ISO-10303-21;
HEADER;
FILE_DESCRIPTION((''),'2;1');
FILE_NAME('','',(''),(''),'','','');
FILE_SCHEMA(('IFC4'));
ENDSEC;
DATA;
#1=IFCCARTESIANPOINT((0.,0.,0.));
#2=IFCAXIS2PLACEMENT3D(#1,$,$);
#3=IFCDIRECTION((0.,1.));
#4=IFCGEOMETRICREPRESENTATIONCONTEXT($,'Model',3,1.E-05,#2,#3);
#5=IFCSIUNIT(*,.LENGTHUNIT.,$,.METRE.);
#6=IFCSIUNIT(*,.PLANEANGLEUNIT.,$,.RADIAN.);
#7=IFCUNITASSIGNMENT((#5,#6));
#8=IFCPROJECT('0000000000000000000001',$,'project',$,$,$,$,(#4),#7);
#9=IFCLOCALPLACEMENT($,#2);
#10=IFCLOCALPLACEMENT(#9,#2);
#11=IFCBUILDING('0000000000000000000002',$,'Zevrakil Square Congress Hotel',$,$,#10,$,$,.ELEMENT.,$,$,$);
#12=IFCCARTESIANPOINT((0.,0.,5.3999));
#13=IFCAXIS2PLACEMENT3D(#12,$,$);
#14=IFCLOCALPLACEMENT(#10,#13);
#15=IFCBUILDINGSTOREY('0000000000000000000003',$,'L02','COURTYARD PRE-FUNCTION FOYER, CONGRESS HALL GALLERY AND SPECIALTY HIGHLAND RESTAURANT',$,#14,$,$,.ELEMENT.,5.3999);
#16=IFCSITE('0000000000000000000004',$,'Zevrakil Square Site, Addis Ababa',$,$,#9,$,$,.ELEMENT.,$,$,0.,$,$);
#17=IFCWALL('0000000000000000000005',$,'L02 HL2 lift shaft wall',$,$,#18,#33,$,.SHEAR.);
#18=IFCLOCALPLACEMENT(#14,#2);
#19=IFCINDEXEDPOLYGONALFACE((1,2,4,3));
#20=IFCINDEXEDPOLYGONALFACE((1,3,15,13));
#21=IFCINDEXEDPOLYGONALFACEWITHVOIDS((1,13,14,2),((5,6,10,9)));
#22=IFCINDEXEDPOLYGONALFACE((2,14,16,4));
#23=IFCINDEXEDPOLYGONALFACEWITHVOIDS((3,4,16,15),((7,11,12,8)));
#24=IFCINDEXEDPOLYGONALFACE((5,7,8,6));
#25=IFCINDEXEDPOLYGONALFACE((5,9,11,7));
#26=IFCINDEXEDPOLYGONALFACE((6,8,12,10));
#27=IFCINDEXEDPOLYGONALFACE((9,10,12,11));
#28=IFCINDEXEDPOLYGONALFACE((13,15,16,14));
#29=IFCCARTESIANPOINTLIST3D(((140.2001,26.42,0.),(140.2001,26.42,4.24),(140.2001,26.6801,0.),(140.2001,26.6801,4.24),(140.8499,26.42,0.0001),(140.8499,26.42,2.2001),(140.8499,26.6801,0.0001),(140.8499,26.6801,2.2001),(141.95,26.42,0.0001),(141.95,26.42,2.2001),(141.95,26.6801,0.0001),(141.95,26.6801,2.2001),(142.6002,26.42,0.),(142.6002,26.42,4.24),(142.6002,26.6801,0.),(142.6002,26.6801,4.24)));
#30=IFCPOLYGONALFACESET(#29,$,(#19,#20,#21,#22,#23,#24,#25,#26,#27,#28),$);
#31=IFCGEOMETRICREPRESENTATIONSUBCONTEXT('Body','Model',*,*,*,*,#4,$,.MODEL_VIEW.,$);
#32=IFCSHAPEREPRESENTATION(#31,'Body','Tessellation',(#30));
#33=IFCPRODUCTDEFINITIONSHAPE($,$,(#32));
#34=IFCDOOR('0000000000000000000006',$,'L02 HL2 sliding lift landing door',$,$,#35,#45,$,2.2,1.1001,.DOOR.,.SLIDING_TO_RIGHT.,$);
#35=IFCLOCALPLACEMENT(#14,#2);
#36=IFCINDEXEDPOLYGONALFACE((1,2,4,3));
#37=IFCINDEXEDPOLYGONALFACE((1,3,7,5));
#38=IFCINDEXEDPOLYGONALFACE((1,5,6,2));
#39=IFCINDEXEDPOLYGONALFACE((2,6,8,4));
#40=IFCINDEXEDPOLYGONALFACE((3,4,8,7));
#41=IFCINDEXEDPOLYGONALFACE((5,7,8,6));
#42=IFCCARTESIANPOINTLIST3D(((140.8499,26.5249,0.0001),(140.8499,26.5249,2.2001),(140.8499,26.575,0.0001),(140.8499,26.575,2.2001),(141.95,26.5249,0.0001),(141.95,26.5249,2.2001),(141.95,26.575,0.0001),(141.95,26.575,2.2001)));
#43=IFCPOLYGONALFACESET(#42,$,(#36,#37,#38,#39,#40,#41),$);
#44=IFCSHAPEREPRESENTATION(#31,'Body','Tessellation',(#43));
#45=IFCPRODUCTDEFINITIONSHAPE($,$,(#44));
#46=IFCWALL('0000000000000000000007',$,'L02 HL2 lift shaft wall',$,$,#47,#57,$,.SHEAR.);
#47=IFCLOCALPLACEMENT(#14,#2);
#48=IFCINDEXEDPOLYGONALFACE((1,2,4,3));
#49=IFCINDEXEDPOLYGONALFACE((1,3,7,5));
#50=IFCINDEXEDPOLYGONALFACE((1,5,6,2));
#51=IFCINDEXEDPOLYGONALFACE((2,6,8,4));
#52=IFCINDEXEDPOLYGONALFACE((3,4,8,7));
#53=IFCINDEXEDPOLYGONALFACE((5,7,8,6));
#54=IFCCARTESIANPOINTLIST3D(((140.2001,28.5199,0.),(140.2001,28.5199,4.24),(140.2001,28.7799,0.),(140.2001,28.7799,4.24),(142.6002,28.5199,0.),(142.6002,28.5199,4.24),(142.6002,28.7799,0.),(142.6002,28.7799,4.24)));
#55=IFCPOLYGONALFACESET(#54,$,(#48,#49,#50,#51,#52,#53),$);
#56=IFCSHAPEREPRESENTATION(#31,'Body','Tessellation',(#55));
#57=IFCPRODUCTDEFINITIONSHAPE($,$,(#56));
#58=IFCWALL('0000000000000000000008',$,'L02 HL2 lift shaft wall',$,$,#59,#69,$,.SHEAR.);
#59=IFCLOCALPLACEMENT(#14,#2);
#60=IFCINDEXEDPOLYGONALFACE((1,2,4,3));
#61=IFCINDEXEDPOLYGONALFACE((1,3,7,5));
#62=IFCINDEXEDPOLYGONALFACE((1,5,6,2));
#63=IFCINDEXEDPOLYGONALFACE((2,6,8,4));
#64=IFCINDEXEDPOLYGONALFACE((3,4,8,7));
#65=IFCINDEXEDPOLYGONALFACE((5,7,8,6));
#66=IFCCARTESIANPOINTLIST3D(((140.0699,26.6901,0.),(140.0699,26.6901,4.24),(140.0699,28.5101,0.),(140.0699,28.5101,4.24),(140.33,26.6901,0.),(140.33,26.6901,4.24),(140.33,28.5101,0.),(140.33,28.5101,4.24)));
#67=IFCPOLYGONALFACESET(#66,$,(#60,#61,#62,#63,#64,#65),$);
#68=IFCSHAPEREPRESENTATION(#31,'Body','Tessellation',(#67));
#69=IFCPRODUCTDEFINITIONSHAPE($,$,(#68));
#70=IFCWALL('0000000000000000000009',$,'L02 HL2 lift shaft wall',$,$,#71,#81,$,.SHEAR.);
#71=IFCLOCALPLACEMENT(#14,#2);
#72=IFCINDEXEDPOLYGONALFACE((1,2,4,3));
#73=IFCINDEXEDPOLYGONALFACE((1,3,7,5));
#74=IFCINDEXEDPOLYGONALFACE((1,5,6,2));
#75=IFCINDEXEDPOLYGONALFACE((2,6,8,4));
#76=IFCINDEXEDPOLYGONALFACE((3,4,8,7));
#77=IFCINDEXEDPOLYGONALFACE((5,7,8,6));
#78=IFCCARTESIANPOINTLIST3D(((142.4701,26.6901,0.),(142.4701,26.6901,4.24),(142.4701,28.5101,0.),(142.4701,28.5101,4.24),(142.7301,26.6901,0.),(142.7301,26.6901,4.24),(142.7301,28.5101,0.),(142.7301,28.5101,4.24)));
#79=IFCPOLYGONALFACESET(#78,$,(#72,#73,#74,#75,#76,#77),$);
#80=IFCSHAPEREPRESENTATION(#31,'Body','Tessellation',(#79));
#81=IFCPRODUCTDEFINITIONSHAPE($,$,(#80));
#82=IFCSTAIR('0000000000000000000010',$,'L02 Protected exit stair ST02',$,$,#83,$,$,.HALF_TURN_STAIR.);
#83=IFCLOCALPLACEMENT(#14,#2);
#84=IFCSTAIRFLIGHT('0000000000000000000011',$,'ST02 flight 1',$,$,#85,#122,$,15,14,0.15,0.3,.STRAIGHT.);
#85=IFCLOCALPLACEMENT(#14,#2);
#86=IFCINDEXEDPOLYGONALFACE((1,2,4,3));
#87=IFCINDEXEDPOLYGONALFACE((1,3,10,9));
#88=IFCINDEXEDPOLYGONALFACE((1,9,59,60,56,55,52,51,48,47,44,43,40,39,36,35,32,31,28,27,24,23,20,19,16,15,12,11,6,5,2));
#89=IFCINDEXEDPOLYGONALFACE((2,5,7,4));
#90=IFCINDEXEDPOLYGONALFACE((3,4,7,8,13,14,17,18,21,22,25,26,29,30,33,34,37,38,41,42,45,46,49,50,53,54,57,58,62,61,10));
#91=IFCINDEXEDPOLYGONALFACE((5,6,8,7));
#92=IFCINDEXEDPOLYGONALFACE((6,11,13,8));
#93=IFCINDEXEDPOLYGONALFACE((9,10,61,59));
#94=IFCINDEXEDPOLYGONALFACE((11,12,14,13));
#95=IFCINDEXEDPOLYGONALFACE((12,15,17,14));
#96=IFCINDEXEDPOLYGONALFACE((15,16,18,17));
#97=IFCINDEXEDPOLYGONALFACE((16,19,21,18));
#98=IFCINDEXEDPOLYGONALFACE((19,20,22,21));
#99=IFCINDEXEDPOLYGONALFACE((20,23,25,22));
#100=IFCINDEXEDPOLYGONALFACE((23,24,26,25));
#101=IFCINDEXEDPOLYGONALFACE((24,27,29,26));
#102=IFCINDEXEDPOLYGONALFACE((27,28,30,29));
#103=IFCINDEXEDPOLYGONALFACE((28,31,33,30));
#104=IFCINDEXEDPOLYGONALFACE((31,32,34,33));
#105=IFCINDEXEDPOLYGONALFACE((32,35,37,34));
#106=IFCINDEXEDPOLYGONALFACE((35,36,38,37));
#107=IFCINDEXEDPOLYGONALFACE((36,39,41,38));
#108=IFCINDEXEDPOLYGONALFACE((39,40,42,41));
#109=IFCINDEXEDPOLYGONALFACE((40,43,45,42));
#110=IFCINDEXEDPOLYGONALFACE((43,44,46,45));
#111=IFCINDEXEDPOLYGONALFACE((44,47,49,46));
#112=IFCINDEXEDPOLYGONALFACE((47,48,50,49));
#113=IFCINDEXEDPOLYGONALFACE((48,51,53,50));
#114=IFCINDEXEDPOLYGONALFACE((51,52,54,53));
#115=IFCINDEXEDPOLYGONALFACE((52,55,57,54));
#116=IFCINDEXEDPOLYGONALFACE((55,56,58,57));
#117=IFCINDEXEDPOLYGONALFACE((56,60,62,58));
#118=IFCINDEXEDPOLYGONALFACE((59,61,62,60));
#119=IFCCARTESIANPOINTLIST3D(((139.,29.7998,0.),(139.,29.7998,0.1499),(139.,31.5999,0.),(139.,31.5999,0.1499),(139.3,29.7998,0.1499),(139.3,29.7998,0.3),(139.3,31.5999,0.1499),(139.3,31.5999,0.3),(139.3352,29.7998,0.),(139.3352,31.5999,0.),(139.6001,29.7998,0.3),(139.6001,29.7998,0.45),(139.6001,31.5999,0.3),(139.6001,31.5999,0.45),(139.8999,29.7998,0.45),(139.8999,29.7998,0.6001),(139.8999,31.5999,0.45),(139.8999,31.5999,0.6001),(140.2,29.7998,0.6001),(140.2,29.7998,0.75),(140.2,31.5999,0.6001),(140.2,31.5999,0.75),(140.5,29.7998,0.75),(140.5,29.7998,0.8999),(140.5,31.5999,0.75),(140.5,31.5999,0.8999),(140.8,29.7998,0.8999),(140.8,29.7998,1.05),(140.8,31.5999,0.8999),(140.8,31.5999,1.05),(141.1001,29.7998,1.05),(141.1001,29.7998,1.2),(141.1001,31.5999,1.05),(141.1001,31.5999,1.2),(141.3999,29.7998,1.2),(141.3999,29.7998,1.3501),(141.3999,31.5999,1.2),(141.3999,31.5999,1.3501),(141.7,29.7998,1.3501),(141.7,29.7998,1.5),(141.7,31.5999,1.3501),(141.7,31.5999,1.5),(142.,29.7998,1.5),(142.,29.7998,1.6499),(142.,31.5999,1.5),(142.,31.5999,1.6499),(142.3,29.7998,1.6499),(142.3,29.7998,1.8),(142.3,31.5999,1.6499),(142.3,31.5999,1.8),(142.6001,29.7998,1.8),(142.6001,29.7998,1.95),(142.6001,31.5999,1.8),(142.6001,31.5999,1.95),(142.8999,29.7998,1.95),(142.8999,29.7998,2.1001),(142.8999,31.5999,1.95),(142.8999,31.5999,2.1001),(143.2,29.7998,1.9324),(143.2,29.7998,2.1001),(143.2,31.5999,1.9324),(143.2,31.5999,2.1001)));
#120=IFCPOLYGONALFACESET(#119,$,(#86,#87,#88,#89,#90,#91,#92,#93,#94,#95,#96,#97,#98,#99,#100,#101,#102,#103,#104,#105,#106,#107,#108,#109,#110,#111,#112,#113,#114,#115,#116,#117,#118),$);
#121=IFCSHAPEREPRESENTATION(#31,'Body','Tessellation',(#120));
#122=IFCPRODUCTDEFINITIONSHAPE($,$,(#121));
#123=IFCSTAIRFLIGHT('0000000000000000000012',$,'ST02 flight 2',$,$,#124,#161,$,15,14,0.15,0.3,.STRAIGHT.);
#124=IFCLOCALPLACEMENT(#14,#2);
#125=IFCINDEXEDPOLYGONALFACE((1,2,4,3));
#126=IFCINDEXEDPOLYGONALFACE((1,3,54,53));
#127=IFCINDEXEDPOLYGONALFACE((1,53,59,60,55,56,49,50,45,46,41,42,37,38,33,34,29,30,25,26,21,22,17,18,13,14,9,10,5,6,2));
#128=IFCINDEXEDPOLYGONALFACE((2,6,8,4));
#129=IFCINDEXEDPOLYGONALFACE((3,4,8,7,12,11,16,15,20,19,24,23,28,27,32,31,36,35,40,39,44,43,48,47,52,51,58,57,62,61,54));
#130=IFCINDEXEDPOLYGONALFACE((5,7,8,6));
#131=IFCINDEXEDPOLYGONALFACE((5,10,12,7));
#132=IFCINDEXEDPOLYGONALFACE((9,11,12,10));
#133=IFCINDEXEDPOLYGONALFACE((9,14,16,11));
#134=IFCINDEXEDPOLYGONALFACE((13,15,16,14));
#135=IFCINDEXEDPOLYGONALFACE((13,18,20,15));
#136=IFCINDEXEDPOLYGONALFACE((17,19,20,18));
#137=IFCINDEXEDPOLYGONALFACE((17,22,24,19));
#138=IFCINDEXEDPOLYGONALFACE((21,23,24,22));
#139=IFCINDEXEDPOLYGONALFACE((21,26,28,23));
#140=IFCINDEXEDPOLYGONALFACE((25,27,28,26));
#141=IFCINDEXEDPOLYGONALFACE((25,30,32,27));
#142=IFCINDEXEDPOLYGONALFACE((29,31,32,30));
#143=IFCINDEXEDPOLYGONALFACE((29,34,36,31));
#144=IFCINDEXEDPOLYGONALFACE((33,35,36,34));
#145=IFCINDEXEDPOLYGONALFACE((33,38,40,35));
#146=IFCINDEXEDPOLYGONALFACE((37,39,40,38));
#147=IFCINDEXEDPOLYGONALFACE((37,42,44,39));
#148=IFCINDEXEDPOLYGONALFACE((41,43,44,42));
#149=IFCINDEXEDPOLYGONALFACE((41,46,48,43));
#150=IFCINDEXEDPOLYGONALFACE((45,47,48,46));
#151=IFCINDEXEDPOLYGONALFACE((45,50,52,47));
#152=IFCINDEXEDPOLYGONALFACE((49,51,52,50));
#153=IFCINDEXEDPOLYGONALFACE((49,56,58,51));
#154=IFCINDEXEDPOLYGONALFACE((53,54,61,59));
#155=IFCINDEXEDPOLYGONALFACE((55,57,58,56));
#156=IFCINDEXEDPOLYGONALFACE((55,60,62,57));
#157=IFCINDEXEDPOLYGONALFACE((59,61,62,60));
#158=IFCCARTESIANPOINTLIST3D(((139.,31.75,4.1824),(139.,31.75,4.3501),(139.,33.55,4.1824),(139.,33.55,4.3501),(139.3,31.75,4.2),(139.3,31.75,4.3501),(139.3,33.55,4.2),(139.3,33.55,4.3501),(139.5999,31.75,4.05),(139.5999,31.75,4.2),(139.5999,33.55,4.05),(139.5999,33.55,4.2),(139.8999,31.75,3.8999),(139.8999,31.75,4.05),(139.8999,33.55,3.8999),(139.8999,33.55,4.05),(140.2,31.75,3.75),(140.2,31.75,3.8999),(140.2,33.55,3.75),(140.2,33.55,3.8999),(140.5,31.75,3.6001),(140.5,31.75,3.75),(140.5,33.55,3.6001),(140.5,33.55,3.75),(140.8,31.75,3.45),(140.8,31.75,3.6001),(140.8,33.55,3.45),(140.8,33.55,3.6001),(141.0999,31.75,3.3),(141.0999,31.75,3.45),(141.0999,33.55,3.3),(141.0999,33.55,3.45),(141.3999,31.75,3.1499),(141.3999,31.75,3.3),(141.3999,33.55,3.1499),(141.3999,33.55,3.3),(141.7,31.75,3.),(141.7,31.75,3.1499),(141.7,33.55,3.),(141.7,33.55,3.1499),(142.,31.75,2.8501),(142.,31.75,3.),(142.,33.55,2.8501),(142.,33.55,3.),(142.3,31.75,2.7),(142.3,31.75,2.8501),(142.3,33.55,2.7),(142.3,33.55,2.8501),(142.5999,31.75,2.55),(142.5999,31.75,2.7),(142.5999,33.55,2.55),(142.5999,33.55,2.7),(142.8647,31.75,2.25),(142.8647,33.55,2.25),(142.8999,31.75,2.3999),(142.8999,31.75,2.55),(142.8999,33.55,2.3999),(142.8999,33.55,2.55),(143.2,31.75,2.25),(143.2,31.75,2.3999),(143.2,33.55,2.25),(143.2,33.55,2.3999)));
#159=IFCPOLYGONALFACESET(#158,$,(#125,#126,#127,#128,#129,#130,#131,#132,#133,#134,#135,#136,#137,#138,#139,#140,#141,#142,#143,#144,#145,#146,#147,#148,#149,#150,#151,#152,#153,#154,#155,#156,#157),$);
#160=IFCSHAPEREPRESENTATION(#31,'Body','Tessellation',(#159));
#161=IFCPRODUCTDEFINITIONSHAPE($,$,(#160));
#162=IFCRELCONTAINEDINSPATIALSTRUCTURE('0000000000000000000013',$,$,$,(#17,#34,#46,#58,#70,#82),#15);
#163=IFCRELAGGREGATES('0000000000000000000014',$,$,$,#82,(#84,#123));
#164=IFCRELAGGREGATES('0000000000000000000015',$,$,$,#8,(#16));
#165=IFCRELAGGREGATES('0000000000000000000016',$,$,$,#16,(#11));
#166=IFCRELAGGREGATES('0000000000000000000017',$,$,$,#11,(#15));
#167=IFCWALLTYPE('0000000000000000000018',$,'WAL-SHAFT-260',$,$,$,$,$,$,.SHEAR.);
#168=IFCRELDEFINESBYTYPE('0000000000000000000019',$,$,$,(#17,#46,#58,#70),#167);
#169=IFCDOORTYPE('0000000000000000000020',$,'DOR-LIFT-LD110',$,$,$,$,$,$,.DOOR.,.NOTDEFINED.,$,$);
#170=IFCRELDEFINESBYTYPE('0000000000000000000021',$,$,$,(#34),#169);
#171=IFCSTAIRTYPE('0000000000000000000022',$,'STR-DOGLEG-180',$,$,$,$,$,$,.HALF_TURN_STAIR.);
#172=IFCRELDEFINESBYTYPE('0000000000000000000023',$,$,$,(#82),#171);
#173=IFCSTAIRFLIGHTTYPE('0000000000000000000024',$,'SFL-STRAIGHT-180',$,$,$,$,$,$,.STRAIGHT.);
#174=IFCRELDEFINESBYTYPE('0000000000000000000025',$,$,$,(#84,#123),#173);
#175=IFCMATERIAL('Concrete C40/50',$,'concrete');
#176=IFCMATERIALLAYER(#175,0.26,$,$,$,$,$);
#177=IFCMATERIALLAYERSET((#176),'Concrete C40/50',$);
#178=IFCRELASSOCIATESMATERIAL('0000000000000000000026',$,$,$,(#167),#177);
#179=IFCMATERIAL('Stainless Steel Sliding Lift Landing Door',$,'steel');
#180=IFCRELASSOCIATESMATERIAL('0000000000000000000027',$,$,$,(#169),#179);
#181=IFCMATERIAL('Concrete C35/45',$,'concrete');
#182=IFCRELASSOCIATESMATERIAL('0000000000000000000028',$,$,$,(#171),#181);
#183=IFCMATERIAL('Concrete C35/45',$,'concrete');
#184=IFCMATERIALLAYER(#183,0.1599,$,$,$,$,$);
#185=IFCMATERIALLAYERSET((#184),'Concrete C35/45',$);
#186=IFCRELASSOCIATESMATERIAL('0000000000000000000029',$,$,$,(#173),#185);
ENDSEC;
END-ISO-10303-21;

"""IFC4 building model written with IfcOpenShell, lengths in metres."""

from ifc_helpers import new_model, si_unit, direction, frame, frame_2d, origin, place, context, subcontext, project, spatial, polyline, rectangle, outline, extrude, material, layer, layer_set, type_object, element, fill, aggregate, save


model = new_model("IFC4")

# Units and contexts
model_context = context("Model", 3, precision=1e-05, world=origin(), true_north=direction((0.0, 1.0)))
body_context = subcontext(model_context, "Body", "Model", "MODEL_VIEW")
ifc_project = project(units=[si_unit("LENGTHUNIT", "METRE"), si_unit("PLANEANGLEUNIT", "RADIAN")], contexts=[model_context])

# Site, building, storey
site_placement = place(None, origin())
site = spatial("IfcSite", under=ifc_project, at=site_placement, Name="Zevrakil Square Site, Addis Ababa", CompositionType="ELEMENT", RefElevation=0.0)
building_placement = place(site_placement, origin())
building = spatial("IfcBuilding", under=site, at=building_placement, Name="Zevrakil Square Congress Hotel", CompositionType="ELEMENT")
storey_placement = place(building_placement, frame((0.0, 0.0, 5.3999)))
storey = spatial("IfcBuildingStorey", under=building, at=storey_placement, Name="L02", Description="COURTYARD PRE-FUNCTION FOYER, CONGRESS HALL GALLERY AND SPECIALTY HIGHLAND RESTAURANT", CompositionType="ELEMENT", Elevation=5.3999)

# Shared definitions
ifc_material_1 = material(Name="Concrete C40/50", Category="concrete")
ifc_layer_1 = layer(ifc_material_1, 0.26)
ifc_layer_set_1 = layer_set([ifc_layer_1], Name="Concrete C40/50")
wall_type = type_object("IfcWallType", Name="WAL-SHAFT-260", PredefinedType="SHEAR", material=ifc_layer_set_1)

# Shared definitions
ifc_material_2 = material(Name="Stainless Steel Sliding Lift Landing Door", Category="steel")
door_type_1 = type_object("IfcDoorType", Name="DOR-LIFT-LD110", OperationType="NOTDEFINED", PredefinedType="DOOR", material=ifc_material_2)

# Wall, opening, door
wall_1_placement = place(storey_placement, frame((140.2, 26.55, 0.0), z_axis=(0.0, 0.0, 1.0), x_axis=(1.0, 0.0, 0.0)))
wall_1 = element("IfcWall", 1, at=wall_1_placement, inside=storey, type_object=wall_type, Name="L02 HL2 lift shaft wall", PredefinedType="SHEAR", context=body_context, shape_type="SweptSolid", body=[
    extrude(rectangle(XDim=2.4001, YDim=0.26, at=frame_2d((1.2002, 0.0))), origin(), (0.0, 0.0, 1.0), 4.24),
])
opening_1_placement = place(wall_1_placement, frame((0.6499, 0.0, 0.0)))
opening_1 = element("IfcOpeningElement", 2, at=opening_1_placement, cuts=wall_1, PredefinedType="OPENING", context=body_context, shape_type="SweptSolid", body=[
    extrude(rectangle(XDim=1.1001, YDim=2.2, at=frame_2d((0.55, 1.1001))), frame((0.0, 0.1401, 0.0), z_axis=(0.0, -1.0, 0.0), x_axis=(1.0, 0.0, 0.0)), (0.0, 0.0, 1.0), 0.28),
])
door_1_placement = place(opening_1_placement, origin())
door_1 = element("IfcDoor", 3, at=door_1_placement, inside=storey, type_object=door_type_1, Name="L02 HL2 sliding lift landing door", OperationType="SLIDING_TO_RIGHT", OverallHeight=2.2, OverallWidth=1.1001, PredefinedType="DOOR", context=body_context, shape_type="SweptSolid", body=[
    extrude(rectangle(XDim=1.1001, YDim=2.2, at=frame_2d((0.55, 1.1001))), frame((0.0, 0.0249, 0.0), z_axis=(0.0, -1.0, 0.0), x_axis=(1.0, 0.0, 0.0)), (0.0, 0.0, 1.0), 0.05),
])
fill(opening_1, door_1)

# Walls
wall_2_placement = place(storey_placement, frame((140.2, 28.6499, 0.0), z_axis=(0.0, 0.0, 1.0), x_axis=(1.0, 0.0, 0.0)))
element("IfcWall", 4, at=wall_2_placement, inside=storey, type_object=wall_type, Name="L02 HL2 lift shaft wall", PredefinedType="SHEAR", context=body_context, shape_type="SweptSolid", body=[
    extrude(rectangle(XDim=2.4001, YDim=0.26, at=frame_2d((1.2002, 0.0))), origin(), (0.0, 0.0, 1.0), 4.24),
])
for number, where, z_axis, x_axis, name in (
    (5, (140.2, 26.6899, 0.0), (0.0, 0.0, 1.0), (0.0, 1.0, 0.0), "L02 HL2 lift shaft wall"),
    (6, (142.6001, 26.6899, 0.0), (0.0, 0.0, 1.0), (0.0, 1.0, 0.0), "L02 HL2 lift shaft wall"),
):
    element("IfcWall", number, at=place(storey_placement, frame(where, z_axis=z_axis, x_axis=x_axis)), inside=storey, type_object=wall_type, Name=name, PredefinedType="SHEAR", context=body_context, shape_type="SweptSolid", body=[
        extrude(rectangle(XDim=1.8201, YDim=0.26, at=frame_2d((0.9102, 0.0))), origin(), (0.0, 0.0, 1.0), 4.24),
    ])

# Stair, stair flights
ifc_material_3 = material(Name="Concrete C35/45", Category="concrete")
stair_type = type_object("IfcStairType", Name="STR-DOGLEG-180", PredefinedType="HALF_TURN_STAIR", material=ifc_material_3)
stair_placement = place(storey_placement, origin())
stair = element("IfcStair", 7, at=stair_placement, inside=storey, type_object=stair_type, Name="L02 Protected exit stair ST02", PredefinedType="HALF_TURN_STAIR")
ifc_material_4 = material(Name="Concrete C35/45", Category="concrete")
ifc_layer_2 = layer(ifc_material_4, 0.1599)
ifc_layer_set_2 = layer_set([ifc_layer_2], Name="Concrete C35/45")
stair_flight_type = type_object("IfcStairFlightType", Name="SFL-STRAIGHT-180", PredefinedType="STRAIGHT", material=ifc_layer_set_2)
stair_flight_1_placement = place(storey_placement, frame((139.0, 30.7, 0.0), z_axis=(0.0, 0.0, 1.0), x_axis=(1.0, 0.0, 0.0)))
stair_flight_1 = element("IfcStairFlight", 8, at=stair_flight_1_placement, type_object=stair_flight_type, Name="ST02 flight 1", NumberOfRisers=15, NumberOfTreads=14, PredefinedType="STRAIGHT", RiserHeight=0.15, TreadLength=0.3, context=body_context, shape_type="SweptSolid", body=[
    extrude(outline(polyline([(0.0, 0.0), (0.0, 0.1499), (0.3, 0.1499), (0.3, 0.3), (0.6001, 0.3), (0.6001, 0.45), (0.8999, 0.45), (0.8999, 0.6001), (1.2, 0.6001), (1.2, 0.75), (1.5, 0.75), (1.5, 0.8999), (1.8, 0.8999), (1.8, 1.05), (2.1001, 1.05), (2.1001, 1.2), (2.3999, 1.2), (2.3999, 1.3501), (2.7, 1.3501), (2.7, 1.5), (3.0, 1.5), (3.0, 1.6499), (3.3, 1.6499), (3.3, 1.8), (3.6001, 1.8), (3.6001, 1.95), (3.8999, 1.95), (3.8999, 2.1001), (4.2, 2.1001), (4.2, 2.25), (4.2, 1.9324), (0.3352, 0.0), (0.0, 0.0)])), frame((0.0, 0.8999, 0.0), z_axis=(0.0, -1.0, 0.0), x_axis=(1.0, 0.0, 0.0)), (0.0, 0.0, 1.0), 1.8),
])
stair_flight_2_placement = place(storey_placement, frame((143.2, 32.6499, 2.25), z_axis=(0.0, 0.0, 1.0), x_axis=(-1.0, 0.0, 0.0)))
stair_flight_2 = element("IfcStairFlight", 9, at=stair_flight_2_placement, type_object=stair_flight_type, Name="ST02 flight 2", NumberOfRisers=15, NumberOfTreads=14, PredefinedType="STRAIGHT", RiserHeight=0.15, TreadLength=0.3, context=body_context, shape_type="SweptSolid", body=[
    extrude(outline(polyline([(0.0, 0.0), (0.0, 0.1499), (0.3, 0.1499), (0.3, 0.3), (0.6001, 0.3), (0.6001, 0.45), (0.8999, 0.45), (0.8999, 0.6001), (1.2, 0.6001), (1.2, 0.75), (1.5, 0.75), (1.5, 0.8999), (1.8, 0.8999), (1.8, 1.05), (2.1001, 1.05), (2.1001, 1.2), (2.3999, 1.2), (2.3999, 1.3501), (2.7, 1.3501), (2.7, 1.5), (3.0, 1.5), (3.0, 1.6499), (3.3, 1.6499), (3.3, 1.8), (3.6001, 1.8), (3.6001, 1.95), (3.8999, 1.95), (3.8999, 2.1001), (4.2, 2.1001), (4.2, 2.25), (4.2, 1.9324), (0.3352, 0.0), (0.0, 0.0)])), frame((0.0, 0.8999, 0.0), z_axis=(0.0, -1.0, 0.0), x_axis=(1.0, 0.0, 0.0)), (0.0, 0.0, 1.0), 1.8),
])
aggregate(stair, [stair_flight_1, stair_flight_2])

save(model, "model.ifc")
